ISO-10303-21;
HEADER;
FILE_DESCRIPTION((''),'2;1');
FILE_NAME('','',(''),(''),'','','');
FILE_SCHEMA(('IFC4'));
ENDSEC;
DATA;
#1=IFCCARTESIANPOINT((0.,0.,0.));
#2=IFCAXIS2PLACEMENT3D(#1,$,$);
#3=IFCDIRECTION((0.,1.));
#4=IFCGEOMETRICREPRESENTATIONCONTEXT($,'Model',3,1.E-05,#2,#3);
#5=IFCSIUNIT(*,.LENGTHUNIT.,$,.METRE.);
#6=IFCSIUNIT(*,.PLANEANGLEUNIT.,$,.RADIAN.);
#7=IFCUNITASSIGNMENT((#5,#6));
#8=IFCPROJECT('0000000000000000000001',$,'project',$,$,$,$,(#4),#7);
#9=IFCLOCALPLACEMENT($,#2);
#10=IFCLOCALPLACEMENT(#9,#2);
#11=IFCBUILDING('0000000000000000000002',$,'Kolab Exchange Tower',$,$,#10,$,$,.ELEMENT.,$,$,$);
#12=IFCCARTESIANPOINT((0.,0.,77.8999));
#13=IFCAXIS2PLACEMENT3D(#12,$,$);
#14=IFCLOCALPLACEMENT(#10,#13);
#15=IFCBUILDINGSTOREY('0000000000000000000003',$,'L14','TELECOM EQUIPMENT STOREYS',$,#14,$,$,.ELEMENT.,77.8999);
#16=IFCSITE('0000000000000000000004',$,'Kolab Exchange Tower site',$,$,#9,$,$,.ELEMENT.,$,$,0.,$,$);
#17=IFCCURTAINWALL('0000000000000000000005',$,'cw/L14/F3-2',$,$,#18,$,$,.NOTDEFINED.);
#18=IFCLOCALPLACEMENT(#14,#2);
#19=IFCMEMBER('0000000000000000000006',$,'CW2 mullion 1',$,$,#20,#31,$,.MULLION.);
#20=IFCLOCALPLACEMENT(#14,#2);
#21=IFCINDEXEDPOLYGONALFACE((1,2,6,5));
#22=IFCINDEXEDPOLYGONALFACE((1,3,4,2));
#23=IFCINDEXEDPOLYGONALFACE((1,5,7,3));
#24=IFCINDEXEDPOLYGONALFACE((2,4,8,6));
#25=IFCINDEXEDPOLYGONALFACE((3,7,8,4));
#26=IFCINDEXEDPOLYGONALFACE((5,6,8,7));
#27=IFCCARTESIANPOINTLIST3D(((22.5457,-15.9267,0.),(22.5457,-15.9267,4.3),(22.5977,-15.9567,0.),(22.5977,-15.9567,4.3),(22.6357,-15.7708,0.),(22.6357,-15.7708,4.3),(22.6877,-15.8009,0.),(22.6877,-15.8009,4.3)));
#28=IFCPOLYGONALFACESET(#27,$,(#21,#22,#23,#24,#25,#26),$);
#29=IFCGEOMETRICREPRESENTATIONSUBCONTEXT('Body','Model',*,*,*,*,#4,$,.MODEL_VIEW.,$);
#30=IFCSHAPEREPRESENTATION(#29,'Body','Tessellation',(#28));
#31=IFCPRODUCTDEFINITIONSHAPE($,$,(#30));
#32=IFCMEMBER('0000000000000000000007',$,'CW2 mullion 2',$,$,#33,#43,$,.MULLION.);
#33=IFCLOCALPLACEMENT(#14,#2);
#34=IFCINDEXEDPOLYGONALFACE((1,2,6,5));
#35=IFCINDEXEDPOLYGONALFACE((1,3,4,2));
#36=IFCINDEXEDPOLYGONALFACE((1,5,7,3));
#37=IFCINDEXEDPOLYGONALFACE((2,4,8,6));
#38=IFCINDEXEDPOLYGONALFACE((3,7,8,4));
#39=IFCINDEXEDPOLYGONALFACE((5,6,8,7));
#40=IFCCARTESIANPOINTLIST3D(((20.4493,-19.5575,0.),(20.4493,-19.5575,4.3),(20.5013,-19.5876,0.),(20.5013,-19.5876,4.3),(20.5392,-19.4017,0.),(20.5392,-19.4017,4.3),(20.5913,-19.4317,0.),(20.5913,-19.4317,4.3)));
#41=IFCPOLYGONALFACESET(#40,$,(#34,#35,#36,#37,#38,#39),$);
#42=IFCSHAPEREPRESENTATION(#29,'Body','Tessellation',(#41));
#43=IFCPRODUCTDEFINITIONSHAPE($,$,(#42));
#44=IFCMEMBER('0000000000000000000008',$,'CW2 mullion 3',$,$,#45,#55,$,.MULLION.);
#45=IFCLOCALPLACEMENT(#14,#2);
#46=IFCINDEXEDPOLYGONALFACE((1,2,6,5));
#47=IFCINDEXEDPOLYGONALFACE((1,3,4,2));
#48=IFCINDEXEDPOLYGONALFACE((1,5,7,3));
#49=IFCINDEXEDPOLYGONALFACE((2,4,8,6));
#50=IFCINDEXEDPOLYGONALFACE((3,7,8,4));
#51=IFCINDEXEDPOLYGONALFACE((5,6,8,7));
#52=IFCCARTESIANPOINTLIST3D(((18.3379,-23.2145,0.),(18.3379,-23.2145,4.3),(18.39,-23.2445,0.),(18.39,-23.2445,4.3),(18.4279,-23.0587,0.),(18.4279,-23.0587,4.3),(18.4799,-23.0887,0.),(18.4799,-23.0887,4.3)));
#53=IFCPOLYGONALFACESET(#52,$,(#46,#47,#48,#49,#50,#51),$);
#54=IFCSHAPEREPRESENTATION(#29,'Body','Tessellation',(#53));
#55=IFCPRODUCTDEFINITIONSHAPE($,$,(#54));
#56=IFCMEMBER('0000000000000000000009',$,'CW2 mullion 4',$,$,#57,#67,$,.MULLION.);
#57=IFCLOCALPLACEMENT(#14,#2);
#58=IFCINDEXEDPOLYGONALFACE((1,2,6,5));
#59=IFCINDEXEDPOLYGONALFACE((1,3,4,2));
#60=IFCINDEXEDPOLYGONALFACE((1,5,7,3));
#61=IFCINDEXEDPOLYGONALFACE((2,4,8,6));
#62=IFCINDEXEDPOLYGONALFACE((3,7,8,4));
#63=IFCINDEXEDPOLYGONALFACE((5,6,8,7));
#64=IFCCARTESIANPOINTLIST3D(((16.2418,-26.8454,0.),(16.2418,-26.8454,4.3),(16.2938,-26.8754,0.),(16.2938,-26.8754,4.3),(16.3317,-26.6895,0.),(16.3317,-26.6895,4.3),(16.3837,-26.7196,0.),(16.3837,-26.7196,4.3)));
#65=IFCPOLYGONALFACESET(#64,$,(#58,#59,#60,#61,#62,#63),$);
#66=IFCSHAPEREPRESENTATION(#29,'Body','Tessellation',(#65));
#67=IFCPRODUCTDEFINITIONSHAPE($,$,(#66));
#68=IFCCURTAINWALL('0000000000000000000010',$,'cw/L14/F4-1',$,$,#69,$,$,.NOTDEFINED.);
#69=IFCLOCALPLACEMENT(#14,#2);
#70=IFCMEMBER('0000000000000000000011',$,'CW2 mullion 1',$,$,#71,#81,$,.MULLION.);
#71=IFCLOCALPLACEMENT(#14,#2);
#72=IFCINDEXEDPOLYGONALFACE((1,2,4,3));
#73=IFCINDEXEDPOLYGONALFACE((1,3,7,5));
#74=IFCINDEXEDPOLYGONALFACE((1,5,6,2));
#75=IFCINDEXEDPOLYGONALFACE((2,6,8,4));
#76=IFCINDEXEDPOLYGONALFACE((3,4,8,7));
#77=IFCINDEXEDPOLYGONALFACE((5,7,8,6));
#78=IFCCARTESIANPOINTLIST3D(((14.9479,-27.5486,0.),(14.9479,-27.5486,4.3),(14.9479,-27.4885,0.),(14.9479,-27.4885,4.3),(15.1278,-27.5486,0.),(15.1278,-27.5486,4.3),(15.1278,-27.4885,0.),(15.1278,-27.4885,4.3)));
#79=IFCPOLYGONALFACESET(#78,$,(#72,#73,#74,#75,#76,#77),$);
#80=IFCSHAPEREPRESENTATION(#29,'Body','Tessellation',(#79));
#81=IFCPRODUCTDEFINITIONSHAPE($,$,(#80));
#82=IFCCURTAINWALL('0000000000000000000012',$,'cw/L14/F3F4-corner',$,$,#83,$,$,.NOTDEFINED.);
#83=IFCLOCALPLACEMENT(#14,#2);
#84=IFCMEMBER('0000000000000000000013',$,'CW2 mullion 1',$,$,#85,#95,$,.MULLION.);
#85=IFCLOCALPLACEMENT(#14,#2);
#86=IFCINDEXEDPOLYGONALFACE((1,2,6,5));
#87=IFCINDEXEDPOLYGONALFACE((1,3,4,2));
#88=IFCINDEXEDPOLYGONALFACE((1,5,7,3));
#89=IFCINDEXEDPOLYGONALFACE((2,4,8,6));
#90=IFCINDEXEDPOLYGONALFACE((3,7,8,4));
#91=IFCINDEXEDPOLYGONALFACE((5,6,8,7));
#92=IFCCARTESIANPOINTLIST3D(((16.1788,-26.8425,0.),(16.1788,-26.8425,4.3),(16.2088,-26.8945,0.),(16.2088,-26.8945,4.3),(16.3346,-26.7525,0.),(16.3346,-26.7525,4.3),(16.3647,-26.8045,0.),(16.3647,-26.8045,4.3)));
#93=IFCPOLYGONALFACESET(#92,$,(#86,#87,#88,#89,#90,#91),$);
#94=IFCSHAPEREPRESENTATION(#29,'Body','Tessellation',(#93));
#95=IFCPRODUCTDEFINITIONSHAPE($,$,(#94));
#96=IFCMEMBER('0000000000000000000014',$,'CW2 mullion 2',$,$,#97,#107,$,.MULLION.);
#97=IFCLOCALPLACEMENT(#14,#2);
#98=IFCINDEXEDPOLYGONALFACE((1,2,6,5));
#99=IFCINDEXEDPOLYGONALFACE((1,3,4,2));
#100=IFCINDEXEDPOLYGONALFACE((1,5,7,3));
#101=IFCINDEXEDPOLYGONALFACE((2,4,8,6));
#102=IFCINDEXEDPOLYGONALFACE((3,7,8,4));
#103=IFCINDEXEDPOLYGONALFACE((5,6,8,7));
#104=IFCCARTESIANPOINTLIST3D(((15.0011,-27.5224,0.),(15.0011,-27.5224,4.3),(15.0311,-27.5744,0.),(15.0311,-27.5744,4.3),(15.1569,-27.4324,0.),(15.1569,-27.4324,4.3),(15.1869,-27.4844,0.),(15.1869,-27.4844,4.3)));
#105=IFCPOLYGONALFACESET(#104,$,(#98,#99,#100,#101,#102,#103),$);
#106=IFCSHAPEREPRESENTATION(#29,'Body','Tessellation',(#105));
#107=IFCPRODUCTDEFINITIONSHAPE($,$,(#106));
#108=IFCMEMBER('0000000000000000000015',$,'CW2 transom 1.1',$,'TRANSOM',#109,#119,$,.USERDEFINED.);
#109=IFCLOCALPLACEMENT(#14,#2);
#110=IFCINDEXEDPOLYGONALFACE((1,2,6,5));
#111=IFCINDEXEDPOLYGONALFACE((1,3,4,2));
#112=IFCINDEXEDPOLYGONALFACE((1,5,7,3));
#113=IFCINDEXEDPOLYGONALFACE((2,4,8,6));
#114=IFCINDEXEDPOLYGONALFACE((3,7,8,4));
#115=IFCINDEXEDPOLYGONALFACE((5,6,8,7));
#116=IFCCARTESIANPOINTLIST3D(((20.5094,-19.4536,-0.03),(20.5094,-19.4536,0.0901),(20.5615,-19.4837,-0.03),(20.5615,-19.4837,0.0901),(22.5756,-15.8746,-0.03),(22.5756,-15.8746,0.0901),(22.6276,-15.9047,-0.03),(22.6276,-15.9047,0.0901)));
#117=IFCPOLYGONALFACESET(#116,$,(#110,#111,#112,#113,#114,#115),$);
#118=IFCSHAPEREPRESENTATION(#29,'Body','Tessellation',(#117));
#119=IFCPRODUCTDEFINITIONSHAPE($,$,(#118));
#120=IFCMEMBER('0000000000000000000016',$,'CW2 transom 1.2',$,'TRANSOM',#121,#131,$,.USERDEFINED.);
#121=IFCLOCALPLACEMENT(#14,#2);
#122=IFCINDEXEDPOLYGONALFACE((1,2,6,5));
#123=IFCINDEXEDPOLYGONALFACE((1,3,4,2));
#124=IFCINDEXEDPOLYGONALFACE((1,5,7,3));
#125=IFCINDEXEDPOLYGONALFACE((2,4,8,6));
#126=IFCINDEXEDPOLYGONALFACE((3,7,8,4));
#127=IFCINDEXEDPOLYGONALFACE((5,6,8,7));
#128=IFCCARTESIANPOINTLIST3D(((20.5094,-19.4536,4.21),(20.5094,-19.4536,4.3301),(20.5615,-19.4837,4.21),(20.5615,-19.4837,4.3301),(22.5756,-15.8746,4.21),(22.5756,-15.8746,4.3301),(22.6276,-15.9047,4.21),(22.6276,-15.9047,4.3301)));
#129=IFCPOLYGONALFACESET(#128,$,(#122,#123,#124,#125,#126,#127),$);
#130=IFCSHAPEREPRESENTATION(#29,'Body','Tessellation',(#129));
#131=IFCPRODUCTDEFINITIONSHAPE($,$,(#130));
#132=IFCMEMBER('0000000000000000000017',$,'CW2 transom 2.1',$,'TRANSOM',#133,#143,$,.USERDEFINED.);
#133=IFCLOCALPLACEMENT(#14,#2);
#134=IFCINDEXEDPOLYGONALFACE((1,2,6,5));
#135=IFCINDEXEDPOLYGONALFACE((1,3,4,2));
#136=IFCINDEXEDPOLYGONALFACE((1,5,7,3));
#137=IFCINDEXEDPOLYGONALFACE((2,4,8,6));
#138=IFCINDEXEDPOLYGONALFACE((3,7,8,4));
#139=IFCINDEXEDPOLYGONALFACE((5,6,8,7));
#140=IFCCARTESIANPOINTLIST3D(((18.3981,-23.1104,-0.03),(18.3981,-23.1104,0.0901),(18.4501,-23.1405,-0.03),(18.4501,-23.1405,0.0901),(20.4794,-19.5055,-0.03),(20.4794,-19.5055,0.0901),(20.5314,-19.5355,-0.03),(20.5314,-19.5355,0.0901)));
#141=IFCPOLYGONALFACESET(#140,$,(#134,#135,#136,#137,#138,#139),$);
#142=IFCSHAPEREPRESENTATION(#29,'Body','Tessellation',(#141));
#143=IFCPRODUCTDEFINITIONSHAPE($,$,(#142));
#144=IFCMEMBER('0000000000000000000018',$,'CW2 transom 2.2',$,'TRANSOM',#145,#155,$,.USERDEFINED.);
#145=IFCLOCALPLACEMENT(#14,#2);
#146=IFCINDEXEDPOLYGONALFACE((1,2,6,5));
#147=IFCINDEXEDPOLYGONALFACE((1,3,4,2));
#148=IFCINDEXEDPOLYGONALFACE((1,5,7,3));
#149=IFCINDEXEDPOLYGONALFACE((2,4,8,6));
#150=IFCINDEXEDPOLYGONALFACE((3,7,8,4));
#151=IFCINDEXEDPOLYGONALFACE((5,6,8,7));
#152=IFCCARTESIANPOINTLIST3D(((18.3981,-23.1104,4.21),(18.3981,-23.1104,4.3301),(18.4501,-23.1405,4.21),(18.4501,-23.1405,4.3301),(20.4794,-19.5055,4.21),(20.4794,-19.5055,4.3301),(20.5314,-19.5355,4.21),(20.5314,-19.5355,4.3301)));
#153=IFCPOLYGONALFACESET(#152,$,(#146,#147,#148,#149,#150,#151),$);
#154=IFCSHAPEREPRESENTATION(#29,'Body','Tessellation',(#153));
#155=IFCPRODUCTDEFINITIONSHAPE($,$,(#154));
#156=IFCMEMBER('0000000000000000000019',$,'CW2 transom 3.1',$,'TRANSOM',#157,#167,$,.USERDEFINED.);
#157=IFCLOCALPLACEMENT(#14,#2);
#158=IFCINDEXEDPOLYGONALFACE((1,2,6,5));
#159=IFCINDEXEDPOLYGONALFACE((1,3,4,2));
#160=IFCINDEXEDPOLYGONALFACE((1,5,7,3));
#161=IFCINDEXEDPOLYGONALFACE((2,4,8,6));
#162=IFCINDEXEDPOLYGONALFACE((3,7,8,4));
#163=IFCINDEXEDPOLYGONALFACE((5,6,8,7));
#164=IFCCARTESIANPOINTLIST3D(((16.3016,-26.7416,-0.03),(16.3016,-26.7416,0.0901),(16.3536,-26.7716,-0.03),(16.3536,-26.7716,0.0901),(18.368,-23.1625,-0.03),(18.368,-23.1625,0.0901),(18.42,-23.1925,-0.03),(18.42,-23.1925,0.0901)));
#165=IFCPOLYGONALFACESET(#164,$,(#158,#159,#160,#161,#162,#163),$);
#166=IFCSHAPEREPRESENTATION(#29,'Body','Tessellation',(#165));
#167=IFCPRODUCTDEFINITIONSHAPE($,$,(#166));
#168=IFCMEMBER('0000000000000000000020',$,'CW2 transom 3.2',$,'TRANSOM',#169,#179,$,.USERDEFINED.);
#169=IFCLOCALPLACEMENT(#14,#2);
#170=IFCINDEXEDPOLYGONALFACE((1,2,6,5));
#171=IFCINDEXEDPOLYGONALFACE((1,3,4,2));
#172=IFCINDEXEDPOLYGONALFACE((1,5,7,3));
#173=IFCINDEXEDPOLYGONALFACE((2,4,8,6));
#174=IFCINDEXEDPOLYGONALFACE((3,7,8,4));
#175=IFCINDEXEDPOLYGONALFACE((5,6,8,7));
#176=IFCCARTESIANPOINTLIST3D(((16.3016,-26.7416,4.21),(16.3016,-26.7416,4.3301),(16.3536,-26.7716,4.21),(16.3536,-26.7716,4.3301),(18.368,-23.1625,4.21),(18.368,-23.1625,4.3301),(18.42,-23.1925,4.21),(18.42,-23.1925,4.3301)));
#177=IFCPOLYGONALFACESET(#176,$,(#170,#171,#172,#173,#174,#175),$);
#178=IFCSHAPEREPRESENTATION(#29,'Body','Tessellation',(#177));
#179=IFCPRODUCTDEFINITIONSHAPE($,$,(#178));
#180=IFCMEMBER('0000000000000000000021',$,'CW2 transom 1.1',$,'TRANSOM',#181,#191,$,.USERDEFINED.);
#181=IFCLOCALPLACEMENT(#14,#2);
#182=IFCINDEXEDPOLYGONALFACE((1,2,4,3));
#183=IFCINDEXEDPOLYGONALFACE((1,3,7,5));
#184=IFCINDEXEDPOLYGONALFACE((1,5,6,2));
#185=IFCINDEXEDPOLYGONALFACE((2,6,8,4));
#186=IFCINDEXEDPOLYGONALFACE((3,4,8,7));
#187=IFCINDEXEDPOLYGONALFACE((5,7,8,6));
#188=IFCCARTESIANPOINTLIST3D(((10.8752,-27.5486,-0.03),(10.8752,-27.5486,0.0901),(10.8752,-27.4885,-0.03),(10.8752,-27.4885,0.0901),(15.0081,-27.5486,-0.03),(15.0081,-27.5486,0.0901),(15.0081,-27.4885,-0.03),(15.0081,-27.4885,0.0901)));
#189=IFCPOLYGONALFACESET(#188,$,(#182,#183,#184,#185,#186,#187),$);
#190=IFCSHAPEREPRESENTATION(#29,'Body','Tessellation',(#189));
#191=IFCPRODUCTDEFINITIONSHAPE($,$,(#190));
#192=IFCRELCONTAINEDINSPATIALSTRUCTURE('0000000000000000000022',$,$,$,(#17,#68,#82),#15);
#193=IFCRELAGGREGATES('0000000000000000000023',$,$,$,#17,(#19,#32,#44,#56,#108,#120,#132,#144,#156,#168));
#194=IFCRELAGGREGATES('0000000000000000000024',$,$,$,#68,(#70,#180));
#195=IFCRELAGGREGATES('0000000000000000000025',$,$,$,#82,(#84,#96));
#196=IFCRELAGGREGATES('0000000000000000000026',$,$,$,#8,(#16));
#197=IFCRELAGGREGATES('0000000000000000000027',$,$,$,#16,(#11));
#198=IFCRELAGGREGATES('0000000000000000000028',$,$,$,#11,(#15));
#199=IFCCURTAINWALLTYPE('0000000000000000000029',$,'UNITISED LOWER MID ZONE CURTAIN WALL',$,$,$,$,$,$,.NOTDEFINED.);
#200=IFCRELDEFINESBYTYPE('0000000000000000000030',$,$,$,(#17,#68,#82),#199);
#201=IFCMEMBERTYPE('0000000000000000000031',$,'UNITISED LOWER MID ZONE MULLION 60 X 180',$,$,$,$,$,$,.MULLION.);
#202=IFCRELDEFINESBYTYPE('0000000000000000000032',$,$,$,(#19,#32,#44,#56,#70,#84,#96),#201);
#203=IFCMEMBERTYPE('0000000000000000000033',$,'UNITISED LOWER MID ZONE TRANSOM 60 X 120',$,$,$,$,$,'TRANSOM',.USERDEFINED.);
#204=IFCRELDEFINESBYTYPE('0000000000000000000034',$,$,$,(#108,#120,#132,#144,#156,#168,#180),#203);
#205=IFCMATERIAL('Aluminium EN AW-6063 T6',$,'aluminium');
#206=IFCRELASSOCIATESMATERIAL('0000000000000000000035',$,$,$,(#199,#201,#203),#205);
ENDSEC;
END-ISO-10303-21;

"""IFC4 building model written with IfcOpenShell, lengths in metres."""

from ifc_helpers import new_model, si_unit, direction, frame, origin, origin_2d, place, context, subcontext, project, spatial, rectangle, extrude, material, material_profile, profile_set, type_object, element, aggregate, save


model = new_model("IFC4")

# Units and contexts
model_context = context("Model", 3, precision=1e-05, world=origin(), true_north=direction((0.0, 1.0)))
body_context = subcontext(model_context, "Body", "Model", "MODEL_VIEW")
ifc_project = project(units=[si_unit("LENGTHUNIT", "METRE"), si_unit("PLANEANGLEUNIT", "RADIAN")], contexts=[model_context])

# Site, building, storey
site_placement = place(None, origin())
site = spatial("IfcSite", under=ifc_project, at=site_placement, Name="Kolab Exchange Tower site", CompositionType="ELEMENT", RefElevation=0.0)
building_placement = place(site_placement, origin())
building = spatial("IfcBuilding", under=site, at=building_placement, Name="Kolab Exchange Tower", CompositionType="ELEMENT")
storey_placement = place(building_placement, frame((0.0, 0.0, 77.8999)))
storey = spatial("IfcBuildingStorey", under=building, at=storey_placement, Name="L14", Description="TELECOM EQUIPMENT STOREYS", CompositionType="ELEMENT", Elevation=77.8999)

# Curtain wall, members
ifc_material_1 = material(Name="Aluminium EN AW-6063 T6", Category="aluminium")
curtain_wall_type = type_object("IfcCurtainWallType", Name="UNITISED LOWER MID ZONE CURTAIN WALL", PredefinedType="NOTDEFINED", material=ifc_material_1)
curtain_wall_1_placement = place(storey_placement, origin())
curtain_wall_1 = element("IfcCurtainWall", 1, at=curtain_wall_1_placement, inside=storey, type_object=curtain_wall_type, Name="cw/L14/F3-2", PredefinedType="NOTDEFINED")
ifc_material_profile_1 = material_profile(ifc_material_1, rectangle(XDim=0.0601, YDim=0.1799, at=origin_2d()), Name="RECT 60X180")
ifc_profile_set_1 = profile_set([ifc_material_profile_1], Name="Aluminium EN AW-6063 T6")
member_type_1 = type_object("IfcMemberType", Name="UNITISED LOWER MID ZONE MULLION 60 X 180", PredefinedType="MULLION", material=ifc_profile_set_1)
member_1_placement = place(storey_placement, frame((22.6167, -15.8638, 0.0), z_axis=(0.0, 0.0, 1.0), x_axis=(0.866025, -0.5, 0.0)))
member_1 = element("IfcMember", 2, at=member_1_placement, type_object=member_type_1, Name="CW2 mullion 1", PredefinedType="MULLION", context=body_context, shape_type="SweptSolid", body=[
    extrude(rectangle(XDim=0.0601, YDim=0.1799, at=origin_2d()), origin(), (0.0, 0.0, 1.0), 4.3),
])
member_2_placement = place(storey_placement, frame((20.5203, -19.4946, 0.0), z_axis=(0.0, 0.0, 1.0), x_axis=(0.866025, -0.5, 0.0)))
member_2 = element("IfcMember", 3, at=member_2_placement, type_object=member_type_1, Name="CW2 mullion 2", PredefinedType="MULLION", context=body_context, shape_type="SweptSolid", body=[
    extrude(rectangle(XDim=0.0601, YDim=0.1799, at=origin_2d()), origin(), (0.0, 0.0, 1.0), 4.3),
])
member_3_placement = place(storey_placement, frame((18.4089, -23.1516, 0.0), z_axis=(0.0, 0.0, 1.0), x_axis=(0.866025, -0.5, 0.0)))
member_3 = element("IfcMember", 4, at=member_3_placement, type_object=member_type_1, Name="CW2 mullion 3", PredefinedType="MULLION", context=body_context, shape_type="SweptSolid", body=[
    extrude(rectangle(XDim=0.0601, YDim=0.1799, at=origin_2d()), origin(), (0.0, 0.0, 1.0), 4.3),
])
member_4_placement = place(storey_placement, frame((16.3127, -26.7825, 0.0), z_axis=(0.0, 0.0, 1.0), x_axis=(0.866025, -0.5, 0.0)))
member_4 = element("IfcMember", 5, at=member_4_placement, type_object=member_type_1, Name="CW2 mullion 4", PredefinedType="MULLION", context=body_context, shape_type="SweptSolid", body=[
    extrude(rectangle(XDim=0.0601, YDim=0.1799, at=origin_2d()), origin(), (0.0, 0.0, 1.0), 4.3),
])

# Curtain wall, member
curtain_wall_2_placement = place(storey_placement, origin())
curtain_wall_2 = element("IfcCurtainWall", 6, at=curtain_wall_2_placement, inside=storey, type_object=curtain_wall_type, Name="cw/L14/F4-1", PredefinedType="NOTDEFINED")
member_5_placement = place(storey_placement, frame((15.0378, -27.5186, 0.0), z_axis=(0.0, 0.0, 1.0), x_axis=(0.0, -1.0, 0.0)))
member_5 = element("IfcMember", 7, at=member_5_placement, type_object=member_type_1, Name="CW2 mullion 1", PredefinedType="MULLION", context=body_context, shape_type="SweptSolid", body=[
    extrude(rectangle(XDim=0.0601, YDim=0.1799, at=origin_2d()), origin(), (0.0, 0.0, 1.0), 4.3),
])

# Curtain wall, members
curtain_wall_3_placement = place(storey_placement, origin())
curtain_wall_3 = element("IfcCurtainWall", 8, at=curtain_wall_3_placement, inside=storey, type_object=curtain_wall_type, Name="cw/L14/F3F4-corner", PredefinedType="NOTDEFINED")
member_6_placement = place(storey_placement, frame((16.2717, -26.8235, 0.0), z_axis=(0.0, 0.0, 1.0), x_axis=(0.5, -0.866025, 0.0)))
member_6 = element("IfcMember", 9, at=member_6_placement, type_object=member_type_1, Name="CW2 mullion 1", PredefinedType="MULLION", context=body_context, shape_type="SweptSolid", body=[
    extrude(rectangle(XDim=0.0601, YDim=0.1799, at=origin_2d()), origin(), (0.0, 0.0, 1.0), 4.3),
])
member_7_placement = place(storey_placement, frame((15.094, -27.5034, 0.0), z_axis=(0.0, 0.0, 1.0), x_axis=(0.5, -0.866025, 0.0)))
member_7 = element("IfcMember", 10, at=member_7_placement, type_object=member_type_1, Name="CW2 mullion 2", PredefinedType="MULLION", context=body_context, shape_type="SweptSolid", body=[
    extrude(rectangle(XDim=0.0601, YDim=0.1799, at=origin_2d()), origin(), (0.0, 0.0, 1.0), 4.3),
])

# Members
ifc_material_profile_2 = material_profile(ifc_material_1, rectangle(XDim=0.0601, YDim=0.1201, at=origin_2d()), Name="RECT 60X120")
ifc_profile_set_2 = profile_set([ifc_material_profile_2], Name="Aluminium EN AW-6063 T6")
member_type_2 = type_object("IfcMemberType", Name="UNITISED LOWER MID ZONE TRANSOM 60 X 120", ElementType="TRANSOM", PredefinedType="USERDEFINED", material=ifc_profile_set_2)
member_8_placement = place(storey_placement, frame((22.6016, -15.8896, 0.03), z_axis=(-0.499958, -0.86605, 0.0), x_axis=(0.86605, -0.499958, 0.0)))
member_8 = element("IfcMember", 11, at=member_8_placement, type_object=member_type_2, Name="CW2 transom 1.1", ObjectType="TRANSOM", PredefinedType="USERDEFINED", context=body_context, shape_type="SweptSolid", body=[
    extrude(rectangle(XDim=0.0601, YDim=0.1201, at=origin_2d()), origin(), (0.0, 0.0, 1.0), 4.1326),
])
member_9_placement = place(storey_placement, frame((22.6016, -15.8896, 4.27), z_axis=(-0.499958, -0.86605, 0.0), x_axis=(0.86605, -0.499958, 0.0)))
member_9 = element("IfcMember", 12, at=member_9_placement, type_object=member_type_2, Name="CW2 transom 1.2", ObjectType="TRANSOM", PredefinedType="USERDEFINED", context=body_context, shape_type="SweptSolid", body=[
    extrude(rectangle(XDim=0.0601, YDim=0.1201, at=origin_2d()), origin(), (0.0, 0.0, 1.0), 4.1326),
])
member_10_placement = place(storey_placement, frame((20.5054, -19.5205, 0.03), z_axis=(-0.499993, -0.866029, 0.0), x_axis=(0.866029, -0.499993, 0.0)))
member_10 = element("IfcMember", 13, at=member_10_placement, type_object=member_type_2, Name="CW2 transom 2.1", ObjectType="TRANSOM", PredefinedType="USERDEFINED", context=body_context, shape_type="SweptSolid", body=[
    extrude(rectangle(XDim=0.0601, YDim=0.1201, at=origin_2d()), origin(), (0.0, 0.0, 1.0), 4.1626),
])
member_11_placement = place(storey_placement, frame((20.5054, -19.5205, 4.27), z_axis=(-0.499993, -0.866029, 0.0), x_axis=(0.866029, -0.499993, 0.0)))
member_11 = element("IfcMember", 14, at=member_11_placement, type_object=member_type_2, Name="CW2 transom 2.2", ObjectType="TRANSOM", PredefinedType="USERDEFINED", context=body_context, shape_type="SweptSolid", body=[
    extrude(rectangle(XDim=0.0601, YDim=0.1201, at=origin_2d()), origin(), (0.0, 0.0, 1.0), 4.1626),
])
member_12_placement = place(storey_placement, frame((18.394, -23.1775, 0.03), z_axis=(-0.500002, -0.866024, 0.0), x_axis=(0.866024, -0.500002, 0.0)))
member_12 = element("IfcMember", 15, at=member_12_placement, type_object=member_type_2, Name="CW2 transom 3.1", ObjectType="TRANSOM", PredefinedType="USERDEFINED", context=body_context, shape_type="SweptSolid", body=[
    extrude(rectangle(XDim=0.0601, YDim=0.1201, at=origin_2d()), origin(), (0.0, 0.0, 1.0), 4.1328),
])
member_13_placement = place(storey_placement, frame((18.394, -23.1775, 4.27), z_axis=(-0.500002, -0.866024, 0.0), x_axis=(0.866024, -0.500002, 0.0)))
member_13 = element("IfcMember", 16, at=member_13_placement, type_object=member_type_2, Name="CW2 transom 3.2", ObjectType="TRANSOM", PredefinedType="USERDEFINED", context=body_context, shape_type="SweptSolid", body=[
    extrude(rectangle(XDim=0.0601, YDim=0.1201, at=origin_2d()), origin(), (0.0, 0.0, 1.0), 4.1328),
])
member_14_placement = place(storey_placement, frame((15.0081, -27.5186, 0.03), z_axis=(-1.0, 0.0, 0.0), x_axis=(0.0, -1.0, 0.0)))
member_14 = element("IfcMember", 17, at=member_14_placement, type_object=member_type_2, Name="CW2 transom 1.1", ObjectType="TRANSOM", PredefinedType="USERDEFINED", context=body_context, shape_type="SweptSolid", body=[
    extrude(rectangle(XDim=0.0601, YDim=0.1201, at=origin_2d()), origin(), (0.0, 0.0, 1.0), 4.1328),
])

aggregate(curtain_wall_1, [member_1, member_2, member_3, member_4, member_8, member_9, member_10, member_11, member_12, member_13])
aggregate(curtain_wall_2, [member_5, member_14])
aggregate(curtain_wall_3, [member_6, member_7])

save(model, "model.ifc")
